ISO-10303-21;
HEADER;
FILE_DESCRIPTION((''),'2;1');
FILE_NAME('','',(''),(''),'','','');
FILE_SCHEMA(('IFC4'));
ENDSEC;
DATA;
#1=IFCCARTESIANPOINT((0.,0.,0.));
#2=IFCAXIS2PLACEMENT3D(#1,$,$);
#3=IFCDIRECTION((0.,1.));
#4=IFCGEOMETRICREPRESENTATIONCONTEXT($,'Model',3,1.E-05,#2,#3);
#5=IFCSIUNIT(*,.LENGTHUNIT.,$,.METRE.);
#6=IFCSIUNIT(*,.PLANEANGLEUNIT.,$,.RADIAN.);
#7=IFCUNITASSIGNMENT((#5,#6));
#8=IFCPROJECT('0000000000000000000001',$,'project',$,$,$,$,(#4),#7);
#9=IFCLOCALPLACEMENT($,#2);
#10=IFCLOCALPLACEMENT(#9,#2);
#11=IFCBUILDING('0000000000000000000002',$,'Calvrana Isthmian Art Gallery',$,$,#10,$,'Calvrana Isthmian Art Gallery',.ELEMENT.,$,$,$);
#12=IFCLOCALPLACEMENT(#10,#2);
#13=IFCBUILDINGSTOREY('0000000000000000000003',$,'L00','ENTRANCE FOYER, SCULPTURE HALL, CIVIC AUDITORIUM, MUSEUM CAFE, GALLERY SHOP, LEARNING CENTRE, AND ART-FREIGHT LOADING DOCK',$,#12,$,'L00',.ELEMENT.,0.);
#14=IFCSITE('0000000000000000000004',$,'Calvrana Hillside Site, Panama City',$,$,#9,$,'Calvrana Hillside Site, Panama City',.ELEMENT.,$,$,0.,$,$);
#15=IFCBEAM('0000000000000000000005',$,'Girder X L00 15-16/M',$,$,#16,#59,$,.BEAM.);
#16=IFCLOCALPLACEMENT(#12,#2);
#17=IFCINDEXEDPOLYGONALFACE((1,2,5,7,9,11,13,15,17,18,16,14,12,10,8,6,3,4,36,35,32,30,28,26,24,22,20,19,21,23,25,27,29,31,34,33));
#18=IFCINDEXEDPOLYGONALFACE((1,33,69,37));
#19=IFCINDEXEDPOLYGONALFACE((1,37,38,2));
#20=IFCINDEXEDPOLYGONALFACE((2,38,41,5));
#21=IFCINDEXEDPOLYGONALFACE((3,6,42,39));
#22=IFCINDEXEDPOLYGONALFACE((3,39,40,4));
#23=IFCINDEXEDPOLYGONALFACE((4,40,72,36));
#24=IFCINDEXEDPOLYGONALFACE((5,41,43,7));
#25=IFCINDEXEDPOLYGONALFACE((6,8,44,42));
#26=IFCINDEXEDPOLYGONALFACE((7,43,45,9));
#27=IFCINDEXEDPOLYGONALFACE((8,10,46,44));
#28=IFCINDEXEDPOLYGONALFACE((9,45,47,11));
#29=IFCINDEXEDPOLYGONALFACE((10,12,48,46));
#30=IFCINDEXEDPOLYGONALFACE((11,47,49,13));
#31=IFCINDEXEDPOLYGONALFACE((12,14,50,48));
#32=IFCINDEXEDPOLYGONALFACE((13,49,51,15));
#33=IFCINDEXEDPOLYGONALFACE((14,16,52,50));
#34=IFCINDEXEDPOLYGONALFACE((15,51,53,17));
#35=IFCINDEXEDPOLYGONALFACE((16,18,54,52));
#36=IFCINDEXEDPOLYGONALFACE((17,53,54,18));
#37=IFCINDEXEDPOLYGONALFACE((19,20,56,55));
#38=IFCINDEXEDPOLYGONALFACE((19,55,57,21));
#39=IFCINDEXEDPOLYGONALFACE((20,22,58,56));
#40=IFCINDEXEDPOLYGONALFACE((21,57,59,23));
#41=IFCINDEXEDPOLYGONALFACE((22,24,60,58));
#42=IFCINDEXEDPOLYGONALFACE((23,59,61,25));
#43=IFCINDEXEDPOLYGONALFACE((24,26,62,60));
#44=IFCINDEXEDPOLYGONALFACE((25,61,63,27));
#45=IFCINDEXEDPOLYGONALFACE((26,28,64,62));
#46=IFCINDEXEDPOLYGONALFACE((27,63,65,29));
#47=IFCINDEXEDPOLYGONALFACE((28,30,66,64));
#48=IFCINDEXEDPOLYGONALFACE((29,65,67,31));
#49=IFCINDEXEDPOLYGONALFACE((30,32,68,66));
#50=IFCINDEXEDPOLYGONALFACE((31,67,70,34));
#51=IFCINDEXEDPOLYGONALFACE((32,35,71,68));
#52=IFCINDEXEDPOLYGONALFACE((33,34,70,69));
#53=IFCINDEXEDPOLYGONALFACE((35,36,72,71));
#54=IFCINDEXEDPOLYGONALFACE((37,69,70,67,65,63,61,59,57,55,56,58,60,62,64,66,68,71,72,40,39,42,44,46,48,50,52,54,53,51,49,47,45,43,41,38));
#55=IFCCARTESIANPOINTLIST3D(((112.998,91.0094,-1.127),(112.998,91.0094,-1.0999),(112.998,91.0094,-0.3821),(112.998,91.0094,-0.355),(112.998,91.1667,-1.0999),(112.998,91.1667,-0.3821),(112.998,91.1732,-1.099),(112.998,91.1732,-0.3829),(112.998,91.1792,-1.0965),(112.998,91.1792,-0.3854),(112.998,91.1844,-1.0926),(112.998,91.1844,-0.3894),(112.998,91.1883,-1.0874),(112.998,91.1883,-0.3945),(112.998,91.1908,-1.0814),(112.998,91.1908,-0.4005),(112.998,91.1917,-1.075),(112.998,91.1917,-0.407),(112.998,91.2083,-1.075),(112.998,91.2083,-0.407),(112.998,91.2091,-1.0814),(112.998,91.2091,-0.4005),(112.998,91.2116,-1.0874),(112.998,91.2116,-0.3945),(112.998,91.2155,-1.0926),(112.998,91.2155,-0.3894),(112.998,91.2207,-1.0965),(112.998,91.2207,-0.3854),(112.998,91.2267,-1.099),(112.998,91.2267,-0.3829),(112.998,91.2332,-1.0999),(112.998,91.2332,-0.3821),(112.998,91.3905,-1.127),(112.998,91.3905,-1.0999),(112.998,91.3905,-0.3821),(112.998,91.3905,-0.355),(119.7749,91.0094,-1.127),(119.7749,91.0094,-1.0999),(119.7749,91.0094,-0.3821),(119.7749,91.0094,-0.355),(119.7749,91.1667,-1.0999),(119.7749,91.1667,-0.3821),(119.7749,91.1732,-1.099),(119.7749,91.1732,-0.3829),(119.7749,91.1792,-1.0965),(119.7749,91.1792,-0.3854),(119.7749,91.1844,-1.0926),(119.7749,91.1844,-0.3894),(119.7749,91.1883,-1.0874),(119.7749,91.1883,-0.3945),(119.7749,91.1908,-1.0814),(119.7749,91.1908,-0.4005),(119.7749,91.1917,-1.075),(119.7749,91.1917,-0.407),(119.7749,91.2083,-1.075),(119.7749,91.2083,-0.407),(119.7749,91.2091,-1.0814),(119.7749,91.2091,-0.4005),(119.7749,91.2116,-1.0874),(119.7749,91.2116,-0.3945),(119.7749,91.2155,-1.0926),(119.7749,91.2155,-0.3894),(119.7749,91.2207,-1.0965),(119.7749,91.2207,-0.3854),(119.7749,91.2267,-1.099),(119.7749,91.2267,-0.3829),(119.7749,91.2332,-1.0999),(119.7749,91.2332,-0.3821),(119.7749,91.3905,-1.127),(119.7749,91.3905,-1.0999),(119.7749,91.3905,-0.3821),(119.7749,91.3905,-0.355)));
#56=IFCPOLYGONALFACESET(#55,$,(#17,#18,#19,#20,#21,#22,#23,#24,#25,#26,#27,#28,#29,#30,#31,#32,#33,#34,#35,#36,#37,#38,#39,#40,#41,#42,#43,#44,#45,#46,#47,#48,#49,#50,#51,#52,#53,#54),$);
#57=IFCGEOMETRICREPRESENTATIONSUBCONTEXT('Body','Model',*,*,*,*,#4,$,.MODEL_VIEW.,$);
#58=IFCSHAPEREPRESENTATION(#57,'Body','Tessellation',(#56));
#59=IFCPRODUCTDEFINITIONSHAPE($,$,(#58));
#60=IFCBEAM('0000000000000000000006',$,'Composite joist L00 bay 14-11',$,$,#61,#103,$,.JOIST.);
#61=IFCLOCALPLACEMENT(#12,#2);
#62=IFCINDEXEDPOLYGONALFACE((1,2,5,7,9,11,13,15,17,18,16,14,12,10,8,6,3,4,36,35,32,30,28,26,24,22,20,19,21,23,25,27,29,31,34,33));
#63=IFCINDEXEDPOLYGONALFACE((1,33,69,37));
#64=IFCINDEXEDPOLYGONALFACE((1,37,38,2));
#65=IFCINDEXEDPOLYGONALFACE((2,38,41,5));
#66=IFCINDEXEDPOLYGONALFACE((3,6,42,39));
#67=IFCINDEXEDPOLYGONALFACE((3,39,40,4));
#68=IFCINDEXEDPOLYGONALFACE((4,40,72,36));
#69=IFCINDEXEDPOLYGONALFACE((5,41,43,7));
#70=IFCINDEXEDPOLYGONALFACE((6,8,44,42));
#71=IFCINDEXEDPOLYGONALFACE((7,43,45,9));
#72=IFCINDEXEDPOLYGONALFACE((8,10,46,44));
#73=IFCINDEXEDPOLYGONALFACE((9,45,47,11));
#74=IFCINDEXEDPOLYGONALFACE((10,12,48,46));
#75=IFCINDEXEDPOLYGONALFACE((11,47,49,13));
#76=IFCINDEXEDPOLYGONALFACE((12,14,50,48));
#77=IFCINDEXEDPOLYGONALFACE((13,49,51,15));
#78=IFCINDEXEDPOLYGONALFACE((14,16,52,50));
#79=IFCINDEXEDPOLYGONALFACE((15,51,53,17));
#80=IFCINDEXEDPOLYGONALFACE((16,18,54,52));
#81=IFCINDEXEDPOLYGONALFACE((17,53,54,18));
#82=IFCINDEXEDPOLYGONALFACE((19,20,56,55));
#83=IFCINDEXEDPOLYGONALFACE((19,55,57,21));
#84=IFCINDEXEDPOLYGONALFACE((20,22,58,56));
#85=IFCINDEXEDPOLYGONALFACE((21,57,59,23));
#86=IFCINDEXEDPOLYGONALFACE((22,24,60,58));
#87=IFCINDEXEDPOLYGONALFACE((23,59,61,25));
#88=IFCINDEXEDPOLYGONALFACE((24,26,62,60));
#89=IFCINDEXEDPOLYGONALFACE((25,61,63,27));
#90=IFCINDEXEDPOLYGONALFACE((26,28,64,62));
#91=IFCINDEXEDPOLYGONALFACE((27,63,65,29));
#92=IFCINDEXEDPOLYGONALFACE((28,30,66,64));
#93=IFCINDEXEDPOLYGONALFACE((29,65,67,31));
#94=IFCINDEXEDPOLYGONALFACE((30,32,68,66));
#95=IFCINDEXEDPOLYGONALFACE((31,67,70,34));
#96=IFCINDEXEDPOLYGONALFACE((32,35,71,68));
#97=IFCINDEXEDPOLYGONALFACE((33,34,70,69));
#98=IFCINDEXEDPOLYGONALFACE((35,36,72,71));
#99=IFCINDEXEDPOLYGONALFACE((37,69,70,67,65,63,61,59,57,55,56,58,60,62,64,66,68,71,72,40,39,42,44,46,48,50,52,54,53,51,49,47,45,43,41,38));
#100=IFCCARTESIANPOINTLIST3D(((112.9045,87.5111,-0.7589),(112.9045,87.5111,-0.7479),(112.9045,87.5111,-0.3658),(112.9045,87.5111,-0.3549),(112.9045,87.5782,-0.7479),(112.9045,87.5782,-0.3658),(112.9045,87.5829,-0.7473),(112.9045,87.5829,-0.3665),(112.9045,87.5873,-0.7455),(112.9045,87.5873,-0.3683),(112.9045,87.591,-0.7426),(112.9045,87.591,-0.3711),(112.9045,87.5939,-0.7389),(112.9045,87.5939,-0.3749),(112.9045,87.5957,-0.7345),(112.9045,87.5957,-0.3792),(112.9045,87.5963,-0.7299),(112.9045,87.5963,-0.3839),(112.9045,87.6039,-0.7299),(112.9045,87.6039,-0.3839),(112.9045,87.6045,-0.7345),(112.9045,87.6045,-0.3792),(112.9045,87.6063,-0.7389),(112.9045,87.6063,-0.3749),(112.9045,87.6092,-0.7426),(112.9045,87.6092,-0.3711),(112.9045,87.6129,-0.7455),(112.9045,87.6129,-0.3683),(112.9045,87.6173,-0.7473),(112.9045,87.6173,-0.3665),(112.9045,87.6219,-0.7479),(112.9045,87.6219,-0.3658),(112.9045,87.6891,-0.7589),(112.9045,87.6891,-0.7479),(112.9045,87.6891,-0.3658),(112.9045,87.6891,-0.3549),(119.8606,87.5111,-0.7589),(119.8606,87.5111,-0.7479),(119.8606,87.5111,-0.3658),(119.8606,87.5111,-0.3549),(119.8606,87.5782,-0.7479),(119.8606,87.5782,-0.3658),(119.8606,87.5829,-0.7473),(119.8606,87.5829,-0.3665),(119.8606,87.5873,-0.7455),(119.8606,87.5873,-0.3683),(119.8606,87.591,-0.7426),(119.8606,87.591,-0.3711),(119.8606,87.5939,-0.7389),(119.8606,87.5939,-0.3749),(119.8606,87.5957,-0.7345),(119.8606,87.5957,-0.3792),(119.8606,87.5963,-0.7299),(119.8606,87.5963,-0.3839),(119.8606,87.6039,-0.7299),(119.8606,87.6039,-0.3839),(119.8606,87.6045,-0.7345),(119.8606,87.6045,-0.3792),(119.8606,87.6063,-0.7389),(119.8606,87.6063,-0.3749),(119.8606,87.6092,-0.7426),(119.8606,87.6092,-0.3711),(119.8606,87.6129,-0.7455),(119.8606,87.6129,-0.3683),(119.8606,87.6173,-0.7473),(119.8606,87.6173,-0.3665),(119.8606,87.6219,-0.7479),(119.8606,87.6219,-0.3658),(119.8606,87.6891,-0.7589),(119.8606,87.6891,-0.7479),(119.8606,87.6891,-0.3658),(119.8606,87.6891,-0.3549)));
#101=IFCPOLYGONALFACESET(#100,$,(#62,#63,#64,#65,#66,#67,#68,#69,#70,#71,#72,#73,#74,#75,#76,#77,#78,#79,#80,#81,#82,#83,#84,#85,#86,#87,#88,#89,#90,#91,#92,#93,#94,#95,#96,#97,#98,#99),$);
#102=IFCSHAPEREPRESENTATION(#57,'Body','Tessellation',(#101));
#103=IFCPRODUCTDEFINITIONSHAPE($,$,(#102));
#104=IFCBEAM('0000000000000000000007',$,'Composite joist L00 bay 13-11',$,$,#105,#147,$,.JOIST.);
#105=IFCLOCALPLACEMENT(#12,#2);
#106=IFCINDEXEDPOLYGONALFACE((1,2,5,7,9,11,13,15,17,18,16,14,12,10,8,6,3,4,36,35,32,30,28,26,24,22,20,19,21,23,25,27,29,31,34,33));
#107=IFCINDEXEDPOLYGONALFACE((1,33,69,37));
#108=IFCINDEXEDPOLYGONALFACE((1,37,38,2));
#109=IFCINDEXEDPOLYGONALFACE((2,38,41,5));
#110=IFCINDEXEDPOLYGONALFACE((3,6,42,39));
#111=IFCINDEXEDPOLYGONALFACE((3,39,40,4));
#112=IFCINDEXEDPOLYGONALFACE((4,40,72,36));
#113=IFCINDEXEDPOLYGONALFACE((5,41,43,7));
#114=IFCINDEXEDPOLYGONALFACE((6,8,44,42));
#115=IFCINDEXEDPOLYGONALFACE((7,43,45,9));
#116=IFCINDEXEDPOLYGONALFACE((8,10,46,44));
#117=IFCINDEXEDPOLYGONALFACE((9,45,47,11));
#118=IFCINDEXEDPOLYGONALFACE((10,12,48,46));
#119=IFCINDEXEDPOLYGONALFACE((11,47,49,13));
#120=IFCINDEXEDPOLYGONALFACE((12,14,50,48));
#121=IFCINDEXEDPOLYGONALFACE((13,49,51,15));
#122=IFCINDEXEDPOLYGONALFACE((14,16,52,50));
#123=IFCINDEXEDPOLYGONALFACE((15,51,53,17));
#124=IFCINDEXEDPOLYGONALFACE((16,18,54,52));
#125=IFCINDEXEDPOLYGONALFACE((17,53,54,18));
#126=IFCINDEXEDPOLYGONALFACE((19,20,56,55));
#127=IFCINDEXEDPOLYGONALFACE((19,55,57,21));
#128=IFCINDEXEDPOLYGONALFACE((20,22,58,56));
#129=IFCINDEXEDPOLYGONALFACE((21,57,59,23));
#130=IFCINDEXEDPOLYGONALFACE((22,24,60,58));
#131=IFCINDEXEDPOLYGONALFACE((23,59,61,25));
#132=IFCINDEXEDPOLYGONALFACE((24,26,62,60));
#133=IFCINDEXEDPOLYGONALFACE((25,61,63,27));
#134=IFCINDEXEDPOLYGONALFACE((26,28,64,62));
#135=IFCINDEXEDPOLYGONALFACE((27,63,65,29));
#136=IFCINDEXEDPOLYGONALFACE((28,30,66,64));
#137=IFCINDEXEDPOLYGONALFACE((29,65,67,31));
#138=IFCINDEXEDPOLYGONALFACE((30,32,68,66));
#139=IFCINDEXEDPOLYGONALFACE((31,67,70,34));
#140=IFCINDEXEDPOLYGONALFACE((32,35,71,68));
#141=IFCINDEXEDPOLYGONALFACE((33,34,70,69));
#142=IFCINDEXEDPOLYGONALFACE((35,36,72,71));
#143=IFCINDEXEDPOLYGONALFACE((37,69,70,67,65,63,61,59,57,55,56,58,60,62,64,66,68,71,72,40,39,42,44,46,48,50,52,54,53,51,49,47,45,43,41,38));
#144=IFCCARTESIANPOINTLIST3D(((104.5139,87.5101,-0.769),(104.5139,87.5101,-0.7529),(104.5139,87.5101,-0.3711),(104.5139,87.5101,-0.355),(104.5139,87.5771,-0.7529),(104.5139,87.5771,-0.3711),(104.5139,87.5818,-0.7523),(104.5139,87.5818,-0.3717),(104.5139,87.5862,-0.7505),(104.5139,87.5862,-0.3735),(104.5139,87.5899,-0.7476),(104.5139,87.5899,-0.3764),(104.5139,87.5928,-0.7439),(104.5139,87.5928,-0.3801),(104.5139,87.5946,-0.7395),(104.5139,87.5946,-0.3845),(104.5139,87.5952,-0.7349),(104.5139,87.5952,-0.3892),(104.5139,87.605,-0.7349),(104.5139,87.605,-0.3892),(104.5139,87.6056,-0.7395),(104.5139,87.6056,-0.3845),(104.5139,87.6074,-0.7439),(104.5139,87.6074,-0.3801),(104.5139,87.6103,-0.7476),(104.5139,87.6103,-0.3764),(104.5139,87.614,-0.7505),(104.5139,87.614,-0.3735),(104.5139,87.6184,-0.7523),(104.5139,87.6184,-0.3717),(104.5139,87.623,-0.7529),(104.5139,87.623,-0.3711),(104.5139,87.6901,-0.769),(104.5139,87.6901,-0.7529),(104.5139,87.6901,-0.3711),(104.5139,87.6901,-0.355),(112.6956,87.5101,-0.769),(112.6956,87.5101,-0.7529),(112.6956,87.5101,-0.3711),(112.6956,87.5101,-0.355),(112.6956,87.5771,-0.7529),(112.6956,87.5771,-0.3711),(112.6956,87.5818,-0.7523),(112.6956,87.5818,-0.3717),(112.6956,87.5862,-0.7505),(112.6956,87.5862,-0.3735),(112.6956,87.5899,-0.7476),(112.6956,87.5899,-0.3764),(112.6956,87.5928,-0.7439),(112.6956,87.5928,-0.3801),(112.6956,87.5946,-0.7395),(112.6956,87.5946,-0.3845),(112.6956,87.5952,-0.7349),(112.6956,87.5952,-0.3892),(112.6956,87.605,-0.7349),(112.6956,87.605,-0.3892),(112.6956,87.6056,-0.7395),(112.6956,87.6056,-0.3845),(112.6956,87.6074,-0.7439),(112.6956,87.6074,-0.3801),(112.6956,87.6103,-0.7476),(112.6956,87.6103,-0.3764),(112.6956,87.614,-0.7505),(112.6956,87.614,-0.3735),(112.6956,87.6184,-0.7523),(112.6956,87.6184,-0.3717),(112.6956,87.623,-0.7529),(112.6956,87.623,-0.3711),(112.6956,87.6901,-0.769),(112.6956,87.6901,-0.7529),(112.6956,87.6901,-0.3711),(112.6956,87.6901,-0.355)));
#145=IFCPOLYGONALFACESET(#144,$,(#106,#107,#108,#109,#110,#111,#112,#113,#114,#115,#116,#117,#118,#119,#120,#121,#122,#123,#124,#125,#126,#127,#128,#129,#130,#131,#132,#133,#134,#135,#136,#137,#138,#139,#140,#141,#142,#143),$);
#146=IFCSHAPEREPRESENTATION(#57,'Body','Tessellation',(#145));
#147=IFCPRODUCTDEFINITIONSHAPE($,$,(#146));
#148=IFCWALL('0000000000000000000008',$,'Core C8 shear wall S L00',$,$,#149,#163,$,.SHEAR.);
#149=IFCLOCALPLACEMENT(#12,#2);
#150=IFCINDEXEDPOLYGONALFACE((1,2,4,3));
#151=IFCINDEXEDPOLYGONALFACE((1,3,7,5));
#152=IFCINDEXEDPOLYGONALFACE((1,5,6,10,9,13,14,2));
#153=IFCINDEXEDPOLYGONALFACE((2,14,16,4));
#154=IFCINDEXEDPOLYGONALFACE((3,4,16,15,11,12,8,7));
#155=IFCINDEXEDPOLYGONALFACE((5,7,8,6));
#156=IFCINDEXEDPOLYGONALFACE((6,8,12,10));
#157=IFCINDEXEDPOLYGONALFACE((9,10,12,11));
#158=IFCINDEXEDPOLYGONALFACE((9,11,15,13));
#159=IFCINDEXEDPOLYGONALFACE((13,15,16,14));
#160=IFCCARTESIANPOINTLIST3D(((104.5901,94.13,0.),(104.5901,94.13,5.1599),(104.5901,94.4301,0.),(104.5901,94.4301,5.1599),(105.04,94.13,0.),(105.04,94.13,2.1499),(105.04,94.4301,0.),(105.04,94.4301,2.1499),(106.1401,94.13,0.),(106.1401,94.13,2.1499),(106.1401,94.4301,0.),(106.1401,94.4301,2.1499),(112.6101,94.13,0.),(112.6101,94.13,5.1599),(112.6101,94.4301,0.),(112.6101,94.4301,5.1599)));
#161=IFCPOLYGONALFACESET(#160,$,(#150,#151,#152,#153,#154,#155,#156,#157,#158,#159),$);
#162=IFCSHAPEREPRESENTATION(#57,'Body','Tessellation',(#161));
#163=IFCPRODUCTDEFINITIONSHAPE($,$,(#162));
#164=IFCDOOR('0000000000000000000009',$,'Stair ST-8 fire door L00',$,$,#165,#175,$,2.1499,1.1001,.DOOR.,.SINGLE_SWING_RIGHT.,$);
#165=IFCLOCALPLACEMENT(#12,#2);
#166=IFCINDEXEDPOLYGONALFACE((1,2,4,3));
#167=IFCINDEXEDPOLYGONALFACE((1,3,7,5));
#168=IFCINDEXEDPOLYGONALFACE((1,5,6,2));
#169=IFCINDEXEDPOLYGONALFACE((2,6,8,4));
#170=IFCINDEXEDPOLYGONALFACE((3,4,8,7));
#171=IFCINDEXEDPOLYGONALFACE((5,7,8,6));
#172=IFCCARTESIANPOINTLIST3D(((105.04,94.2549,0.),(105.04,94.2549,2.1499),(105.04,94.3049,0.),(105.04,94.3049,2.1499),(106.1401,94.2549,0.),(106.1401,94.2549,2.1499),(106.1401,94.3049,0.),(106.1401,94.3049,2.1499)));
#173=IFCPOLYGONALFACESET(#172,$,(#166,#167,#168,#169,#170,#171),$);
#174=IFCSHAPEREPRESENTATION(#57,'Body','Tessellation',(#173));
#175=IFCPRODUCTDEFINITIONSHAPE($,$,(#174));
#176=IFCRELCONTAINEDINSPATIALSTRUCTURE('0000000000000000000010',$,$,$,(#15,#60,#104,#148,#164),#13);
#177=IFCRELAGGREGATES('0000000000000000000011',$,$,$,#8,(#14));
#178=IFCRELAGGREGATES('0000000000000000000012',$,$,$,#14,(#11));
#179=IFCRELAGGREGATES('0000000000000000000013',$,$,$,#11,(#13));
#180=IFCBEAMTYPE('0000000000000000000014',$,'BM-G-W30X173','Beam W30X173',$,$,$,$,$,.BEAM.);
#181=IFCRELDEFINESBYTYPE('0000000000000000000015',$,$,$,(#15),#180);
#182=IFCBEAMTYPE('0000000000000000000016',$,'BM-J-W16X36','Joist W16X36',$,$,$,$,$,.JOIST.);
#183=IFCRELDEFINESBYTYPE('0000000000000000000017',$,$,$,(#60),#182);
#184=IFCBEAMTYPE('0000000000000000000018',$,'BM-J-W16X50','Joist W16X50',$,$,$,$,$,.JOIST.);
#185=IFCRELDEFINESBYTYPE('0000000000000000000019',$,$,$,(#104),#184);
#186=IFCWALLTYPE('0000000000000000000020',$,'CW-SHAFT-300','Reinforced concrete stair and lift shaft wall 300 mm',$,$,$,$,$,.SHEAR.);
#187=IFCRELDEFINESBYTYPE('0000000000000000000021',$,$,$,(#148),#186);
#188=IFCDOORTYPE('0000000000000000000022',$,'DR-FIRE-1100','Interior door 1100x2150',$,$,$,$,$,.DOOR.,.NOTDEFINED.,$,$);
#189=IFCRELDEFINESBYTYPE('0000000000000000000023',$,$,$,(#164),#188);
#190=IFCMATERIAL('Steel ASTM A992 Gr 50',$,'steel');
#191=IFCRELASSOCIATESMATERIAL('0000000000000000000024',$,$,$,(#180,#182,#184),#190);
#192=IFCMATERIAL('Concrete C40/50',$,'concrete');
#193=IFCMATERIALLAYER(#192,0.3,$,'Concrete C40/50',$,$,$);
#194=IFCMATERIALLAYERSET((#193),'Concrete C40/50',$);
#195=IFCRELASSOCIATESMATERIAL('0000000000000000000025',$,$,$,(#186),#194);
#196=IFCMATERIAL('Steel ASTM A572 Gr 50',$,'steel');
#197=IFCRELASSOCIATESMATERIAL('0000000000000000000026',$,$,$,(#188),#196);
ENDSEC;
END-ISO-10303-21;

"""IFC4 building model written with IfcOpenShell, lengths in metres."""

from ifc_helpers import new_model, si_unit, direction, frame, frame_2d, origin, origin_2d, place, context, subcontext, project, spatial, rectangle, i_section, extrude, material, layer, layer_set, material_profile, profile_set, type_object, element, fill, save


model = new_model("IFC4")

# Units and contexts
model_context = context("Model", 3, precision=1e-05, world=origin(), true_north=direction((0.0, 1.0)))
body_context = subcontext(model_context, "Body", "Model", "MODEL_VIEW")
ifc_project = project(units=[si_unit("LENGTHUNIT", "METRE"), si_unit("PLANEANGLEUNIT", "RADIAN")], contexts=[model_context])

# Site, building, storey
site_placement = place(None, origin())
site = spatial("IfcSite", under=ifc_project, at=site_placement, Name="Calvrana Hillside Site, Panama City", LongName="Calvrana Hillside Site, Panama City", CompositionType="ELEMENT", RefElevation=0.0)
building_placement = place(site_placement, origin())
building = spatial("IfcBuilding", under=site, at=building_placement, Name="Calvrana Isthmian Art Gallery", LongName="Calvrana Isthmian Art Gallery", CompositionType="ELEMENT")
storey_placement = place(building_placement, origin())
storey = spatial("IfcBuildingStorey", under=building, at=storey_placement, Name="L00", Description="ENTRANCE FOYER, SCULPTURE HALL, CIVIC AUDITORIUM, MUSEUM CAFE, GALLERY SHOP, LEARNING CENTRE, AND ART-FREIGHT LOADING DOCK", LongName="L00", CompositionType="ELEMENT", Elevation=0.0)

# Shared definitions
ifc_material_1 = material(Name="Steel ASTM A992 Gr 50", Category="steel")

# Beams
ifc_material_profile_1 = material_profile(ifc_material_1, i_section(OverallWidth=0.3811, OverallDepth=0.772, WebThickness=0.0166, FlangeThickness=0.0271, FilletRadius=0.0249, at=origin_2d()), Name="W30X173")
ifc_profile_set_1 = profile_set([ifc_material_profile_1], Name="Steel ASTM A992 Gr 50")
beam_type_1 = type_object("IfcBeamType", Name="BM-G-W30X173", Description="Beam W30X173", PredefinedType="BEAM", material=ifc_profile_set_1)
beam_1_placement = place(storey_placement, frame((112.998, 91.2, -0.741), z_axis=(1.0, 0.0, 0.0), x_axis=(0.0, 1.0, 0.0)))
element("IfcBeam", 1, at=beam_1_placement, inside=storey, type_object=beam_type_1, Name="Girder X L00 15-16/M", PredefinedType="BEAM", context=body_context, shape_type="SweptSolid", body=[
    extrude(i_section(OverallWidth=0.3811, OverallDepth=0.772, WebThickness=0.0166, FlangeThickness=0.0271, FilletRadius=0.0249, at=origin_2d()), origin(), (0.0, 0.0, 1.0), 6.7769),
])
ifc_material_profile_2 = material_profile(ifc_material_1, i_section(OverallWidth=0.178, OverallDepth=0.4041, WebThickness=0.0076, FlangeThickness=0.011, FilletRadius=0.0181, at=origin_2d()), Name="W16X36")
ifc_profile_set_2 = profile_set([ifc_material_profile_2], Name="Steel ASTM A992 Gr 50")
beam_type_2 = type_object("IfcBeamType", Name="BM-J-W16X36", Description="Joist W16X36", PredefinedType="JOIST", material=ifc_profile_set_2)
beam_2_placement = place(storey_placement, frame((112.9045, 87.6001, -0.5569), z_axis=(1.0, 0.0, 0.0), x_axis=(0.0, 1.0, 0.0)))
element("IfcBeam", 2, at=beam_2_placement, inside=storey, type_object=beam_type_2, Name="Composite joist L00 bay 14-11", PredefinedType="JOIST", context=body_context, shape_type="SweptSolid", body=[
    extrude(i_section(OverallWidth=0.178, OverallDepth=0.4041, WebThickness=0.0076, FlangeThickness=0.011, FilletRadius=0.0181, at=origin_2d()), origin(), (0.0, 0.0, 1.0), 6.9561),
])
ifc_material_profile_3 = material_profile(ifc_material_1, i_section(OverallWidth=0.1799, OverallDepth=0.4141, WebThickness=0.0098, FlangeThickness=0.0161, FilletRadius=0.0181, at=origin_2d()), Name="W16X50")
ifc_profile_set_3 = profile_set([ifc_material_profile_3], Name="Steel ASTM A992 Gr 50")
beam_type_3 = type_object("IfcBeamType", Name="BM-J-W16X50", Description="Joist W16X50", PredefinedType="JOIST", material=ifc_profile_set_3)
beam_3_placement = place(storey_placement, frame((104.5139, 87.6001, -0.562), z_axis=(1.0, 0.0, 0.0), x_axis=(0.0, 1.0, 0.0)))
element("IfcBeam", 3, at=beam_3_placement, inside=storey, type_object=beam_type_3, Name="Composite joist L00 bay 13-11", PredefinedType="JOIST", context=body_context, shape_type="SweptSolid", body=[
    extrude(i_section(OverallWidth=0.1799, OverallDepth=0.4141, WebThickness=0.0098, FlangeThickness=0.0161, FilletRadius=0.0181, at=origin_2d()), origin(), (0.0, 0.0, 1.0), 8.1816),
])

# Wall, opening, door
ifc_material_2 = material(Name="Concrete C40/50", Category="concrete")
ifc_layer_1 = layer(ifc_material_2, 0.3, Name="Concrete C40/50")
ifc_layer_set_1 = layer_set([ifc_layer_1], Name="Concrete C40/50")
wall_type_1 = type_object("IfcWallType", Name="CW-SHAFT-300", Description="Reinforced concrete stair and lift shaft wall 300 mm", PredefinedType="SHEAR", material=ifc_layer_set_1)
wall_1_placement = place(storey_placement, frame((104.5901, 94.28, 0.0), z_axis=(0.0, 0.0, 1.0), x_axis=(1.0, 0.0, 0.0)))
wall_1 = element("IfcWall", 4, at=wall_1_placement, inside=storey, type_object=wall_type_1, Name="Core C8 shear wall S L00", PredefinedType="SHEAR", context=body_context, shape_type="SweptSolid", body=[
    extrude(rectangle(XDim=8.02, YDim=0.3, at=frame_2d((4.01, 0.0))), origin(), (0.0, 0.0, 1.0), 5.1599),
])
opening_1_placement = place(wall_1_placement, frame((0.45, 0.0, 0.0)))
opening_1 = element("IfcOpeningElement", 5, at=opening_1_placement, cuts=wall_1, PredefinedType="OPENING", context=body_context, shape_type="SweptSolid", body=[
    extrude(rectangle(XDim=1.1001, YDim=2.1499, at=frame_2d((0.55, 1.075))), frame((0.0, 0.1602, 0.0), z_axis=(0.0, -1.0, 0.0), x_axis=(1.0, 0.0, 0.0)), (0.0, 0.0, 1.0), 0.3206),
])
ifc_material_3 = material(Name="Steel ASTM A572 Gr 50", Category="steel")
door_type_1 = type_object("IfcDoorType", Name="DR-FIRE-1100", Description="Interior door 1100x2150", OperationType="NOTDEFINED", PredefinedType="DOOR", material=ifc_material_3)
door_1_placement = place(opening_1_placement, origin())
door_1 = element("IfcDoor", 6, at=door_1_placement, inside=storey, type_object=door_type_1, Name="Stair ST-8 fire door L00", OperationType="SINGLE_SWING_RIGHT", OverallHeight=2.1499, OverallWidth=1.1001, PredefinedType="DOOR", context=body_context, shape_type="SweptSolid", body=[
    extrude(rectangle(XDim=1.1001, YDim=2.1499, at=frame_2d((0.55, 1.075))), frame((0.0, 0.0249, 0.0), z_axis=(0.0, -1.0, 0.0), x_axis=(1.0, 0.0, 0.0)), (0.0, 0.0, 1.0), 0.05),
])
fill(opening_1, door_1)

save(model, "model.ifc")
